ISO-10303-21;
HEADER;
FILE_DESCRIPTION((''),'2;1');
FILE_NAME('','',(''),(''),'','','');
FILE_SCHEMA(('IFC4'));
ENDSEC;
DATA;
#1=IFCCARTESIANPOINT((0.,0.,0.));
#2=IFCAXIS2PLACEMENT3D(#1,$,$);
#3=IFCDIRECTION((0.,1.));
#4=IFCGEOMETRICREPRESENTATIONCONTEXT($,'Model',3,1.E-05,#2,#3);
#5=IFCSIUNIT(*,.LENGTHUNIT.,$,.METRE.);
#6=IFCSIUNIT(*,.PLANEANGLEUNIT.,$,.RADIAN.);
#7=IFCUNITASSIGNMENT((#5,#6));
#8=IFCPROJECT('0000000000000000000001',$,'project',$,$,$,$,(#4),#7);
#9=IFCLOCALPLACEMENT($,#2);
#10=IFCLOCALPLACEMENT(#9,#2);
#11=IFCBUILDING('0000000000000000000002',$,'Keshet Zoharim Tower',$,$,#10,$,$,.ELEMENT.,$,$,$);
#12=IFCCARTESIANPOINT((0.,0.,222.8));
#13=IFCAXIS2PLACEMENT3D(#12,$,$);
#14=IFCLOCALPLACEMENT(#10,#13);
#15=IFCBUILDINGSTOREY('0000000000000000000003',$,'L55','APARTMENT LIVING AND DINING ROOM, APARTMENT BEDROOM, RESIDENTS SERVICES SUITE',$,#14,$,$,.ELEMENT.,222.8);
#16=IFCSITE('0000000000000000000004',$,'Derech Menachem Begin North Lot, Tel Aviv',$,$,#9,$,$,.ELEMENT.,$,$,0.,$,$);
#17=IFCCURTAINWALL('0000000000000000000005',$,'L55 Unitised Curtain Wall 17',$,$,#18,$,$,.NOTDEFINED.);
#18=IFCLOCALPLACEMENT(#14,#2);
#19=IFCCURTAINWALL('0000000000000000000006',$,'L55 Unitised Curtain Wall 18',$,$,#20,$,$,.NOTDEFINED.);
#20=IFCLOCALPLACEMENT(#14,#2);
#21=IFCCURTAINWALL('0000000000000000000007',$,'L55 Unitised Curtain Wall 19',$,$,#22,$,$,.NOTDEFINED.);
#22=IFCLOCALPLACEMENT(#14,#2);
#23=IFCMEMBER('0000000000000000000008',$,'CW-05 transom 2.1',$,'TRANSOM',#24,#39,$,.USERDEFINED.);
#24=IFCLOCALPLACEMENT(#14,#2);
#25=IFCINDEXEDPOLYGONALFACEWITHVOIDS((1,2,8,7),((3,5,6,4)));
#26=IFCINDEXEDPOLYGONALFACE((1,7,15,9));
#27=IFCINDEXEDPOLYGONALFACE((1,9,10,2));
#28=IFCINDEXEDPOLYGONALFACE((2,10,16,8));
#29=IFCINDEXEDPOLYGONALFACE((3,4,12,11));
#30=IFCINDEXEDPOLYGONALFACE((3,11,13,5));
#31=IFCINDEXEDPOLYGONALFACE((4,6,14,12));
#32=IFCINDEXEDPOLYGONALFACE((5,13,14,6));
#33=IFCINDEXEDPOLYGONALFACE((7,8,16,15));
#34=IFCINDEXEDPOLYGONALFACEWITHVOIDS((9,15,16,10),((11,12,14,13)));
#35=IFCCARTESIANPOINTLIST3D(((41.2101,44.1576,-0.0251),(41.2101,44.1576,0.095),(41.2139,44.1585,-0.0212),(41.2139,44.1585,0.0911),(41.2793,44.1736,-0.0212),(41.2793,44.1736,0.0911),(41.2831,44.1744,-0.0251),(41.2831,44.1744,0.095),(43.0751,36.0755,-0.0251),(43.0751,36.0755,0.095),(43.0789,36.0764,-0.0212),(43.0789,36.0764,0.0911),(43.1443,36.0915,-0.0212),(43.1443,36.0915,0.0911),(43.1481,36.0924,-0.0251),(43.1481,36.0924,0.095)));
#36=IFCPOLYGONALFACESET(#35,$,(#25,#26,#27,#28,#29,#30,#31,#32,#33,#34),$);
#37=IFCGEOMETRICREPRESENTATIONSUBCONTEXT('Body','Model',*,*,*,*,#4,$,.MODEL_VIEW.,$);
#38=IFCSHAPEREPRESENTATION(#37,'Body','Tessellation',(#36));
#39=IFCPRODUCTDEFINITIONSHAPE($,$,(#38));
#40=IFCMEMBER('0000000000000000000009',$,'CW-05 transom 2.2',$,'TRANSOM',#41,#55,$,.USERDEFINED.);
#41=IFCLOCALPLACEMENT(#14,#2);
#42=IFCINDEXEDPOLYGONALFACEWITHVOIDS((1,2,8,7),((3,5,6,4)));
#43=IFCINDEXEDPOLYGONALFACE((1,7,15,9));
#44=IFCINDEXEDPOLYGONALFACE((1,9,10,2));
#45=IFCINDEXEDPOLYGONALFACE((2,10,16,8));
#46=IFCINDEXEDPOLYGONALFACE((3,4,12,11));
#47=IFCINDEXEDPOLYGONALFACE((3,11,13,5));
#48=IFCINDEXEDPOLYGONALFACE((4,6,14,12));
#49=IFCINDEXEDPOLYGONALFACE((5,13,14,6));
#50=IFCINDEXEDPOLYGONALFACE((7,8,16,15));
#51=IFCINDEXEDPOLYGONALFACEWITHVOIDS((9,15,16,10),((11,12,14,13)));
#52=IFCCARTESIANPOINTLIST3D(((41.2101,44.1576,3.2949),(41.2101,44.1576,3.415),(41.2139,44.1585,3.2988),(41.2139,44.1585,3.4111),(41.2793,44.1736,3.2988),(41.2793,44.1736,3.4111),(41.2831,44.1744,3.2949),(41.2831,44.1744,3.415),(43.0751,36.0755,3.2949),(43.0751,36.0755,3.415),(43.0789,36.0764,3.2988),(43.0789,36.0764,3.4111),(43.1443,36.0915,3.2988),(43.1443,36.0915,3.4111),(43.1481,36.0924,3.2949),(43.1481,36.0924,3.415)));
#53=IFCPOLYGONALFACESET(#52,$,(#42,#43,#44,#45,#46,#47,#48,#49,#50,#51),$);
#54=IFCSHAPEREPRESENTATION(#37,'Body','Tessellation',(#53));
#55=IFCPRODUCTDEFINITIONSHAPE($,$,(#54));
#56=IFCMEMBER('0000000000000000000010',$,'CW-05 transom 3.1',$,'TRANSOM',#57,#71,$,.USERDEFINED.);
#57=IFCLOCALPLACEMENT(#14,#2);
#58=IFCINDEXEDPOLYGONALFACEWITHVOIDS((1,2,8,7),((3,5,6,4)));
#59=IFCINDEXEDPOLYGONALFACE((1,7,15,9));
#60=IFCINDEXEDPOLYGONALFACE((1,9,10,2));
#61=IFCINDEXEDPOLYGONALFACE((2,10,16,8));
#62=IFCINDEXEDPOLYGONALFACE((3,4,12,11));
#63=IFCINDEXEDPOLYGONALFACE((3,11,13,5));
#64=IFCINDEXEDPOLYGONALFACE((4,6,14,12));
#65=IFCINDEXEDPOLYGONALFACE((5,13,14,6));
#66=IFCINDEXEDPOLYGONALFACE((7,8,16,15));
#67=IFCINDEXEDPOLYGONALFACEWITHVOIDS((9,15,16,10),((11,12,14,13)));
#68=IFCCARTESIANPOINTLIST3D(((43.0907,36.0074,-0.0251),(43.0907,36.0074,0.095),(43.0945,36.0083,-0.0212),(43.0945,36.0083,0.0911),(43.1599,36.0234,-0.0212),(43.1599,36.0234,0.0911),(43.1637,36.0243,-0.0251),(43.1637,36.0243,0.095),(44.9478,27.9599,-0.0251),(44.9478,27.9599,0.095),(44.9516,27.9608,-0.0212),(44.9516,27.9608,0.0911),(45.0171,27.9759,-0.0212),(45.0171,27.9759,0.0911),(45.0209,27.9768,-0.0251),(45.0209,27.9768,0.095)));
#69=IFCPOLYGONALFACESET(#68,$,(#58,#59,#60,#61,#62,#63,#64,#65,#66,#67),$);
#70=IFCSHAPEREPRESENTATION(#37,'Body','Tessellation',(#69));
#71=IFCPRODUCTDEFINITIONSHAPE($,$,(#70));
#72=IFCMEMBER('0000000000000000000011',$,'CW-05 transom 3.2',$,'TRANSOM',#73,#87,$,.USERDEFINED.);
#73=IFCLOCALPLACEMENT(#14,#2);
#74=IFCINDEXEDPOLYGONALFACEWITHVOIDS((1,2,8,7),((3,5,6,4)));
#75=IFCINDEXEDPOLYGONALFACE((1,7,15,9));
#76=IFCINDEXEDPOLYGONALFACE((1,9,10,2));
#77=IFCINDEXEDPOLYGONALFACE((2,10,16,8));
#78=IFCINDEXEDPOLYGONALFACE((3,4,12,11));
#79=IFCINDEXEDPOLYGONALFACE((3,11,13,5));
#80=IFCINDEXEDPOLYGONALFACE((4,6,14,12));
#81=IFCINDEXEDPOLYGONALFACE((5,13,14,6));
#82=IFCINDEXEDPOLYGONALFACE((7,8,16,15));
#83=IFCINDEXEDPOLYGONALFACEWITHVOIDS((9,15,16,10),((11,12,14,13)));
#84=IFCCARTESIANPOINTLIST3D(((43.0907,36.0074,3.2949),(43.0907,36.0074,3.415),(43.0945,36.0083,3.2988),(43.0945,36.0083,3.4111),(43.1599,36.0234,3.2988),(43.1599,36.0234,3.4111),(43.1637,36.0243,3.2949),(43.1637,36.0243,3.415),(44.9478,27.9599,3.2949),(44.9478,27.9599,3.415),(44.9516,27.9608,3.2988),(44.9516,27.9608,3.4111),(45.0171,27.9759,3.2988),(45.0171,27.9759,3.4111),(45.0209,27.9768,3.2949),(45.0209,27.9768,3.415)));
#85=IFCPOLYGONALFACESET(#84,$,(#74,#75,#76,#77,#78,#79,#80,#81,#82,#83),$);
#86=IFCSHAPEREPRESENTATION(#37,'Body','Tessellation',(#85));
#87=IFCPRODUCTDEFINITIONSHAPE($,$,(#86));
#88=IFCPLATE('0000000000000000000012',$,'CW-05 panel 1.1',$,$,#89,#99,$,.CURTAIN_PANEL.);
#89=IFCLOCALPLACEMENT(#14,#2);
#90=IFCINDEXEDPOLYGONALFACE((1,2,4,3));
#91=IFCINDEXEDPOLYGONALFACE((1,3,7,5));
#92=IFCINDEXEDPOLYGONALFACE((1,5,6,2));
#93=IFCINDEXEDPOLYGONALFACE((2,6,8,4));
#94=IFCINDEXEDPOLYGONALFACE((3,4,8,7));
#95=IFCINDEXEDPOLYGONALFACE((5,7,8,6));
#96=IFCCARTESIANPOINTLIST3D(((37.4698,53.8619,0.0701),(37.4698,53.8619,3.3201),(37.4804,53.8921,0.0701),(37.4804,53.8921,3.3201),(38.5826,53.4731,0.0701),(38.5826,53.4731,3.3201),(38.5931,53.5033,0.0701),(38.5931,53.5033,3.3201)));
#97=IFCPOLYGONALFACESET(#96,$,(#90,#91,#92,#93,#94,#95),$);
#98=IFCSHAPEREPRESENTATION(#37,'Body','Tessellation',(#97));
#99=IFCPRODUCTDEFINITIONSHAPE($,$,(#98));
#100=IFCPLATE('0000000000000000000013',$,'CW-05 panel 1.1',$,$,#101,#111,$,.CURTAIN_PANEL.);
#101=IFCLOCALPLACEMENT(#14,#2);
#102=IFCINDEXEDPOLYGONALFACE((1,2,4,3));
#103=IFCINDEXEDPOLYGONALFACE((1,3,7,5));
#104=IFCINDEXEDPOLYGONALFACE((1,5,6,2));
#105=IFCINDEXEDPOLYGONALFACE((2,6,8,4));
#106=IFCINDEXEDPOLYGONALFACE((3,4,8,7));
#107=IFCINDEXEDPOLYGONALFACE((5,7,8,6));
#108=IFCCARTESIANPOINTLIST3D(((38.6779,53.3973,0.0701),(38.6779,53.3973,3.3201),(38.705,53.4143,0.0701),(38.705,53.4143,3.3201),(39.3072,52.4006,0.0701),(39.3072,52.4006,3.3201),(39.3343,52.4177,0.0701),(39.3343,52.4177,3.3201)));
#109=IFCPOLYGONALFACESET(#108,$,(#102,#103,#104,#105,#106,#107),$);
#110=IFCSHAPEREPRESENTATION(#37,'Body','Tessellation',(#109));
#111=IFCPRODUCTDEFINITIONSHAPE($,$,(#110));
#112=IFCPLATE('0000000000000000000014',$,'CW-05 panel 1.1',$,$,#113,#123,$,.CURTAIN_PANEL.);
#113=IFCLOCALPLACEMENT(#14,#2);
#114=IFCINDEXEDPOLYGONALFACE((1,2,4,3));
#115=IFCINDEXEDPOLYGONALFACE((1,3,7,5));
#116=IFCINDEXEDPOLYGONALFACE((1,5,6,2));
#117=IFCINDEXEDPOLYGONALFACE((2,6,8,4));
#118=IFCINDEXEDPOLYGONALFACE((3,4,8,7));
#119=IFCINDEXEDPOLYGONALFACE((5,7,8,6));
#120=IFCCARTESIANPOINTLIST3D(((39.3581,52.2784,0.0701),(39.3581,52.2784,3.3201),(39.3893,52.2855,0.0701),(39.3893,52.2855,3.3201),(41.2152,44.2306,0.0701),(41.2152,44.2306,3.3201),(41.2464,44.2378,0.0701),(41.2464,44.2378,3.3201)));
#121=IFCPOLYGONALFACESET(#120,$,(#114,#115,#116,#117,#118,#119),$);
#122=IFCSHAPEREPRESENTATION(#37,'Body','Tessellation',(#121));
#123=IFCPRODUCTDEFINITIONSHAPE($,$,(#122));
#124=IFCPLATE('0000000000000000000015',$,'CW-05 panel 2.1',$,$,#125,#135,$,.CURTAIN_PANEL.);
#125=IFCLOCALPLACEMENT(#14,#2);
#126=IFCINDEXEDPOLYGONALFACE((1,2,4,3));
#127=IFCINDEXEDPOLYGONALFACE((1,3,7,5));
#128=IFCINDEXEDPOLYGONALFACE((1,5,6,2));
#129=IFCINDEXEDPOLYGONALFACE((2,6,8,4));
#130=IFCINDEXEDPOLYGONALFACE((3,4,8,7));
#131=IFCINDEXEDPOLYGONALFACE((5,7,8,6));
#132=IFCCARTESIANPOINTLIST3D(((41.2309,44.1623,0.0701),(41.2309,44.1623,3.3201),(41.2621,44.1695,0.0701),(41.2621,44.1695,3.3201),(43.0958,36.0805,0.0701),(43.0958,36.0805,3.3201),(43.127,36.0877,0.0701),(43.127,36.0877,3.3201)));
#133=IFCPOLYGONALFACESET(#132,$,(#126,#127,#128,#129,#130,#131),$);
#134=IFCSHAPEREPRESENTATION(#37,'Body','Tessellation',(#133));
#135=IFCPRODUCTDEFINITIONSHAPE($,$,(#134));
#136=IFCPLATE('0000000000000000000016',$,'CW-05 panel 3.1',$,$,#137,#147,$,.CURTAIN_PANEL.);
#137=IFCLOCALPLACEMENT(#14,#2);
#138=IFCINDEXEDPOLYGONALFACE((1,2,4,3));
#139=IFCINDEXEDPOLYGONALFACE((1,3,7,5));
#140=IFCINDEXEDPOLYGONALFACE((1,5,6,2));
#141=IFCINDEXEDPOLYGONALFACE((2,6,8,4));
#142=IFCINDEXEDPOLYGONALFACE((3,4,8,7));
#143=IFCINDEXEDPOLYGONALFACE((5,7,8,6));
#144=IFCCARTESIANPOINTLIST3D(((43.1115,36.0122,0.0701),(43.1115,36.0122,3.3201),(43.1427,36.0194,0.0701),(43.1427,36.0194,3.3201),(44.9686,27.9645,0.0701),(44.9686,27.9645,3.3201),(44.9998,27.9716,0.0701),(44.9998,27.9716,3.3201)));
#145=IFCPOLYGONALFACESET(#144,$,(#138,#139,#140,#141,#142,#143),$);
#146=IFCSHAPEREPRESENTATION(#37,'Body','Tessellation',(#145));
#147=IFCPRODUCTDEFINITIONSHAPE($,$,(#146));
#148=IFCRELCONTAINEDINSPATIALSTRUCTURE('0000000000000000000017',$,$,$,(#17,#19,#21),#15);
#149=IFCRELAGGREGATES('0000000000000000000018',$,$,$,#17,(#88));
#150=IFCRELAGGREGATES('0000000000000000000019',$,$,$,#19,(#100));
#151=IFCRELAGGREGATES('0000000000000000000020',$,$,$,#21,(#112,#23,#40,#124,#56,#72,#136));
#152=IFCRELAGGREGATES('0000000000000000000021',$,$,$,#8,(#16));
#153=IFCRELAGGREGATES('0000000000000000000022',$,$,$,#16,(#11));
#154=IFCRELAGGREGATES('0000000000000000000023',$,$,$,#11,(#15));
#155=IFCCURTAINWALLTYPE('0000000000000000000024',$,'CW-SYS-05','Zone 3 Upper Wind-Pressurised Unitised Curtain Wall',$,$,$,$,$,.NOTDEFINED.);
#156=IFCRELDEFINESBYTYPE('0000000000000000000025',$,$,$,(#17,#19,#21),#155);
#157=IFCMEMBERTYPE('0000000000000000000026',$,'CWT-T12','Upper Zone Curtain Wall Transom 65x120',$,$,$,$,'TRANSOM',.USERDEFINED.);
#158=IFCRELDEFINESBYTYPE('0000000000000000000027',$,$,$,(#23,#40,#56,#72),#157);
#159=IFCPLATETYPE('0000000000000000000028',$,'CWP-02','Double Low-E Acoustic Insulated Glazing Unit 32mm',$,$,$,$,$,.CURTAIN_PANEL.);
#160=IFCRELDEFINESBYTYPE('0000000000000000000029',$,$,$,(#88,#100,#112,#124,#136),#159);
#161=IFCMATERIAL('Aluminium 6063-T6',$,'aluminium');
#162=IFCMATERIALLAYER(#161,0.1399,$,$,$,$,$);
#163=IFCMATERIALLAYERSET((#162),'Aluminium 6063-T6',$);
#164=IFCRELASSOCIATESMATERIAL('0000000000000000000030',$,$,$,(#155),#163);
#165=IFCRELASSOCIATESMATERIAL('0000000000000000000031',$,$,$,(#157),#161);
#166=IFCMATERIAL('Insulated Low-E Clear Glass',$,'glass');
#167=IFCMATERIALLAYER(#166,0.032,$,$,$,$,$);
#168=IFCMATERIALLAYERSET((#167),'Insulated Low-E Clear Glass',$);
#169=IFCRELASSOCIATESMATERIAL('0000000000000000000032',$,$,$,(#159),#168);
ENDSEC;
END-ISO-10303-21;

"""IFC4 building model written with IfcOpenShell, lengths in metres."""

from ifc_helpers import new_model, si_unit, direction, frame, origin, origin_2d, place, context, subcontext, project, spatial, rectangle, hollow_rectangle, extrude, material, layer, layer_set, material_profile, profile_set, type_object, element, aggregate, save


model = new_model("IFC4")

# Units and contexts
model_context = context("Model", 3, precision=1e-05, world=origin(), true_north=direction((0.0, 1.0)))
body_context = subcontext(model_context, "Body", "Model", "MODEL_VIEW")
ifc_project = project(units=[si_unit("LENGTHUNIT", "METRE"), si_unit("PLANEANGLEUNIT", "RADIAN")], contexts=[model_context])

# Site, building, storey
site_placement = place(None, origin())
site = spatial("IfcSite", under=ifc_project, at=site_placement, Name="Derech Menachem Begin North Lot, Tel Aviv", CompositionType="ELEMENT", RefElevation=0.0)
building_placement = place(site_placement, origin())
building = spatial("IfcBuilding", under=site, at=building_placement, Name="Keshet Zoharim Tower", CompositionType="ELEMENT")
storey_placement = place(building_placement, frame((0.0, 0.0, 222.8)))
storey = spatial("IfcBuildingStorey", under=building, at=storey_placement, Name="L55", Description="APARTMENT LIVING AND DINING ROOM, APARTMENT BEDROOM, RESIDENTS SERVICES SUITE", CompositionType="ELEMENT", Elevation=222.8)

# Curtain wall
ifc_material_1 = material(Name="Aluminium 6063-T6", Category="aluminium")
ifc_layer_1 = layer(ifc_material_1, 0.1399)
ifc_layer_set_1 = layer_set([ifc_layer_1], Name="Aluminium 6063-T6")
curtain_wall_type = type_object("IfcCurtainWallType", Name="CW-SYS-05", Description="Zone 3 Upper Wind-Pressurised Unitised Curtain Wall", PredefinedType="NOTDEFINED", material=ifc_layer_set_1)
curtain_wall_1_placement = place(storey_placement, origin())
curtain_wall_1 = element("IfcCurtainWall", 1, at=curtain_wall_1_placement, inside=storey, type_object=curtain_wall_type, Name="L55 Unitised Curtain Wall 17", PredefinedType="NOTDEFINED")

# Curtain walls
curtain_wall_2_placement = place(storey_placement, origin())
curtain_wall_2 = element("IfcCurtainWall", 2, at=curtain_wall_2_placement, inside=storey, type_object=curtain_wall_type, Name="L55 Unitised Curtain Wall 18", PredefinedType="NOTDEFINED")
curtain_wall_3_placement = place(storey_placement, origin())
curtain_wall_3 = element("IfcCurtainWall", 3, at=curtain_wall_3_placement, inside=storey, type_object=curtain_wall_type, Name="L55 Unitised Curtain Wall 19", PredefinedType="NOTDEFINED")

# Members
ifc_material_profile_1 = material_profile(ifc_material_1, hollow_rectangle(XDim=0.075, YDim=0.1201, WallThickness=0.0039, at=origin_2d()), Name="TRN-75x120")
ifc_profile_set_1 = profile_set([ifc_material_profile_1], Name="Aluminium 6063-T6")
member_type_1 = type_object("IfcMemberType", Name="CWT-T12", Description="Upper Zone Curtain Wall Transom 65x120", ElementType="TRANSOM", PredefinedType="USERDEFINED", material=ifc_profile_set_1)
member_1_placement = place(storey_placement, frame((41.2466, 44.166, 0.0349), z_axis=(0.224849, -0.974394, 0.0), x_axis=(0.974394, 0.224849, 0.0)))
member_1 = element("IfcMember", 4, at=member_1_placement, type_object=member_type_1, Name="CW-05 transom 2.1", ObjectType="TRANSOM", PredefinedType="USERDEFINED", context=body_context, shape_type="SweptSolid", body=[
    extrude(hollow_rectangle(XDim=0.075, YDim=0.1201, WallThickness=0.0039, at=origin_2d()), origin(), (0.0, 0.0, 1.0), 8.2944),
])
member_2_placement = place(storey_placement, frame((41.2466, 44.166, 3.355), z_axis=(0.224849, -0.974394, 0.0), x_axis=(0.974394, 0.224849, 0.0)))
member_2 = element("IfcMember", 5, at=member_2_placement, type_object=member_type_1, Name="CW-05 transom 2.2", ObjectType="TRANSOM", PredefinedType="USERDEFINED", context=body_context, shape_type="SweptSolid", body=[
    extrude(hollow_rectangle(XDim=0.075, YDim=0.1201, WallThickness=0.0039, at=origin_2d()), origin(), (0.0, 0.0, 1.0), 8.2944),
])
member_3_placement = place(storey_placement, frame((43.1272, 36.0159, 0.0349), z_axis=(0.224864, -0.97439, 0.0), x_axis=(0.97439, 0.224864, 0.0)))
member_3 = element("IfcMember", 6, at=member_3_placement, type_object=member_type_1, Name="CW-05 transom 3.1", ObjectType="TRANSOM", PredefinedType="USERDEFINED", context=body_context, shape_type="SweptSolid", body=[
    extrude(hollow_rectangle(XDim=0.075, YDim=0.1201, WallThickness=0.0039, at=origin_2d()), origin(), (0.0, 0.0, 1.0), 8.259),
])
member_4_placement = place(storey_placement, frame((43.1272, 36.0159, 3.355), z_axis=(0.224864, -0.97439, 0.0), x_axis=(0.97439, 0.224864, 0.0)))
member_4 = element("IfcMember", 7, at=member_4_placement, type_object=member_type_1, Name="CW-05 transom 3.2", ObjectType="TRANSOM", PredefinedType="USERDEFINED", context=body_context, shape_type="SweptSolid", body=[
    extrude(hollow_rectangle(XDim=0.075, YDim=0.1201, WallThickness=0.0039, at=origin_2d()), origin(), (0.0, 0.0, 1.0), 8.259),
])

# Plates
ifc_material_2 = material(Name="Insulated Low-E Clear Glass", Category="glass")
ifc_layer_2 = layer(ifc_material_2, 0.032)
ifc_layer_set_2 = layer_set([ifc_layer_2], Name="Insulated Low-E Clear Glass")
plate_type = type_object("IfcPlateType", Name="CWP-02", Description="Double Low-E Acoustic Insulated Glazing Unit 32mm", PredefinedType="CURTAIN_PANEL", material=ifc_layer_set_2)
plate_1_placement = place(storey_placement, frame((38.0315, 53.6826, 0.0701), z_axis=(0.0, 0.0, 1.0), x_axis=(0.944036, -0.329844, 0.0)))
plate_1 = element("IfcPlate", 8, at=plate_1_placement, type_object=plate_type, Name="CW-05 panel 1.1", PredefinedType="CURTAIN_PANEL", context=body_context, shape_type="SweptSolid", body=[
    extrude(rectangle(XDim=1.1787, YDim=0.032, at=origin_2d()), origin(), (0.0, 0.0, 1.0), 3.25),
])
aggregate(curtain_wall_1, [plate_1])
plate_2_placement = place(storey_placement, frame((39.0061, 52.9075, 0.0701), z_axis=(0.0, 0.0, 1.0), x_axis=(0.533879, -0.845561, 0.0)))
plate_2 = element("IfcPlate", 9, at=plate_2_placement, type_object=plate_type, Name="CW-05 panel 1.1", PredefinedType="CURTAIN_PANEL", context=body_context, shape_type="SweptSolid", body=[
    extrude(rectangle(XDim=1.1787, YDim=0.032, at=origin_2d()), origin(), (0.0, 0.0, 1.0), 3.25),
])
aggregate(curtain_wall_2, [plate_2])
plate_3_placement = place(storey_placement, frame((40.3022, 48.2581, 0.0701), z_axis=(0.0, 0.0, 1.0), x_axis=(0.224848, -0.974394, 0.0)))
plate_3 = element("IfcPlate", 10, at=plate_3_placement, type_object=plate_type, Name="CW-05 panel 1.1", PredefinedType="CURTAIN_PANEL", context=body_context, shape_type="SweptSolid", body=[
    extrude(rectangle(XDim=8.2593, YDim=0.032, at=origin_2d()), origin(), (0.0, 0.0, 1.0), 3.25),
])
plate_4_placement = place(storey_placement, frame((42.179, 40.125, 0.0701), z_axis=(0.0, 0.0, 1.0), x_axis=(0.224848, -0.974394, 0.0)))
plate_4 = element("IfcPlate", 11, at=plate_4_placement, type_object=plate_type, Name="CW-05 panel 2.1", PredefinedType="CURTAIN_PANEL", context=body_context, shape_type="SweptSolid", body=[
    extrude(rectangle(XDim=8.2942, YDim=0.032, at=origin_2d()), origin(), (0.0, 0.0, 1.0), 3.25),
])
plate_5_placement = place(storey_placement, frame((44.0557, 31.9919, 0.0701), z_axis=(0.0, 0.0, 1.0), x_axis=(0.224848, -0.974394, 0.0)))
plate_5 = element("IfcPlate", 12, at=plate_5_placement, type_object=plate_type, Name="CW-05 panel 3.1", PredefinedType="CURTAIN_PANEL", context=body_context, shape_type="SweptSolid", body=[
    extrude(rectangle(XDim=8.2593, YDim=0.032, at=origin_2d()), origin(), (0.0, 0.0, 1.0), 3.25),
])
aggregate(curtain_wall_3, [plate_3, member_1, member_2, plate_4, member_3, member_4, plate_5])

save(model, "model.ifc")
